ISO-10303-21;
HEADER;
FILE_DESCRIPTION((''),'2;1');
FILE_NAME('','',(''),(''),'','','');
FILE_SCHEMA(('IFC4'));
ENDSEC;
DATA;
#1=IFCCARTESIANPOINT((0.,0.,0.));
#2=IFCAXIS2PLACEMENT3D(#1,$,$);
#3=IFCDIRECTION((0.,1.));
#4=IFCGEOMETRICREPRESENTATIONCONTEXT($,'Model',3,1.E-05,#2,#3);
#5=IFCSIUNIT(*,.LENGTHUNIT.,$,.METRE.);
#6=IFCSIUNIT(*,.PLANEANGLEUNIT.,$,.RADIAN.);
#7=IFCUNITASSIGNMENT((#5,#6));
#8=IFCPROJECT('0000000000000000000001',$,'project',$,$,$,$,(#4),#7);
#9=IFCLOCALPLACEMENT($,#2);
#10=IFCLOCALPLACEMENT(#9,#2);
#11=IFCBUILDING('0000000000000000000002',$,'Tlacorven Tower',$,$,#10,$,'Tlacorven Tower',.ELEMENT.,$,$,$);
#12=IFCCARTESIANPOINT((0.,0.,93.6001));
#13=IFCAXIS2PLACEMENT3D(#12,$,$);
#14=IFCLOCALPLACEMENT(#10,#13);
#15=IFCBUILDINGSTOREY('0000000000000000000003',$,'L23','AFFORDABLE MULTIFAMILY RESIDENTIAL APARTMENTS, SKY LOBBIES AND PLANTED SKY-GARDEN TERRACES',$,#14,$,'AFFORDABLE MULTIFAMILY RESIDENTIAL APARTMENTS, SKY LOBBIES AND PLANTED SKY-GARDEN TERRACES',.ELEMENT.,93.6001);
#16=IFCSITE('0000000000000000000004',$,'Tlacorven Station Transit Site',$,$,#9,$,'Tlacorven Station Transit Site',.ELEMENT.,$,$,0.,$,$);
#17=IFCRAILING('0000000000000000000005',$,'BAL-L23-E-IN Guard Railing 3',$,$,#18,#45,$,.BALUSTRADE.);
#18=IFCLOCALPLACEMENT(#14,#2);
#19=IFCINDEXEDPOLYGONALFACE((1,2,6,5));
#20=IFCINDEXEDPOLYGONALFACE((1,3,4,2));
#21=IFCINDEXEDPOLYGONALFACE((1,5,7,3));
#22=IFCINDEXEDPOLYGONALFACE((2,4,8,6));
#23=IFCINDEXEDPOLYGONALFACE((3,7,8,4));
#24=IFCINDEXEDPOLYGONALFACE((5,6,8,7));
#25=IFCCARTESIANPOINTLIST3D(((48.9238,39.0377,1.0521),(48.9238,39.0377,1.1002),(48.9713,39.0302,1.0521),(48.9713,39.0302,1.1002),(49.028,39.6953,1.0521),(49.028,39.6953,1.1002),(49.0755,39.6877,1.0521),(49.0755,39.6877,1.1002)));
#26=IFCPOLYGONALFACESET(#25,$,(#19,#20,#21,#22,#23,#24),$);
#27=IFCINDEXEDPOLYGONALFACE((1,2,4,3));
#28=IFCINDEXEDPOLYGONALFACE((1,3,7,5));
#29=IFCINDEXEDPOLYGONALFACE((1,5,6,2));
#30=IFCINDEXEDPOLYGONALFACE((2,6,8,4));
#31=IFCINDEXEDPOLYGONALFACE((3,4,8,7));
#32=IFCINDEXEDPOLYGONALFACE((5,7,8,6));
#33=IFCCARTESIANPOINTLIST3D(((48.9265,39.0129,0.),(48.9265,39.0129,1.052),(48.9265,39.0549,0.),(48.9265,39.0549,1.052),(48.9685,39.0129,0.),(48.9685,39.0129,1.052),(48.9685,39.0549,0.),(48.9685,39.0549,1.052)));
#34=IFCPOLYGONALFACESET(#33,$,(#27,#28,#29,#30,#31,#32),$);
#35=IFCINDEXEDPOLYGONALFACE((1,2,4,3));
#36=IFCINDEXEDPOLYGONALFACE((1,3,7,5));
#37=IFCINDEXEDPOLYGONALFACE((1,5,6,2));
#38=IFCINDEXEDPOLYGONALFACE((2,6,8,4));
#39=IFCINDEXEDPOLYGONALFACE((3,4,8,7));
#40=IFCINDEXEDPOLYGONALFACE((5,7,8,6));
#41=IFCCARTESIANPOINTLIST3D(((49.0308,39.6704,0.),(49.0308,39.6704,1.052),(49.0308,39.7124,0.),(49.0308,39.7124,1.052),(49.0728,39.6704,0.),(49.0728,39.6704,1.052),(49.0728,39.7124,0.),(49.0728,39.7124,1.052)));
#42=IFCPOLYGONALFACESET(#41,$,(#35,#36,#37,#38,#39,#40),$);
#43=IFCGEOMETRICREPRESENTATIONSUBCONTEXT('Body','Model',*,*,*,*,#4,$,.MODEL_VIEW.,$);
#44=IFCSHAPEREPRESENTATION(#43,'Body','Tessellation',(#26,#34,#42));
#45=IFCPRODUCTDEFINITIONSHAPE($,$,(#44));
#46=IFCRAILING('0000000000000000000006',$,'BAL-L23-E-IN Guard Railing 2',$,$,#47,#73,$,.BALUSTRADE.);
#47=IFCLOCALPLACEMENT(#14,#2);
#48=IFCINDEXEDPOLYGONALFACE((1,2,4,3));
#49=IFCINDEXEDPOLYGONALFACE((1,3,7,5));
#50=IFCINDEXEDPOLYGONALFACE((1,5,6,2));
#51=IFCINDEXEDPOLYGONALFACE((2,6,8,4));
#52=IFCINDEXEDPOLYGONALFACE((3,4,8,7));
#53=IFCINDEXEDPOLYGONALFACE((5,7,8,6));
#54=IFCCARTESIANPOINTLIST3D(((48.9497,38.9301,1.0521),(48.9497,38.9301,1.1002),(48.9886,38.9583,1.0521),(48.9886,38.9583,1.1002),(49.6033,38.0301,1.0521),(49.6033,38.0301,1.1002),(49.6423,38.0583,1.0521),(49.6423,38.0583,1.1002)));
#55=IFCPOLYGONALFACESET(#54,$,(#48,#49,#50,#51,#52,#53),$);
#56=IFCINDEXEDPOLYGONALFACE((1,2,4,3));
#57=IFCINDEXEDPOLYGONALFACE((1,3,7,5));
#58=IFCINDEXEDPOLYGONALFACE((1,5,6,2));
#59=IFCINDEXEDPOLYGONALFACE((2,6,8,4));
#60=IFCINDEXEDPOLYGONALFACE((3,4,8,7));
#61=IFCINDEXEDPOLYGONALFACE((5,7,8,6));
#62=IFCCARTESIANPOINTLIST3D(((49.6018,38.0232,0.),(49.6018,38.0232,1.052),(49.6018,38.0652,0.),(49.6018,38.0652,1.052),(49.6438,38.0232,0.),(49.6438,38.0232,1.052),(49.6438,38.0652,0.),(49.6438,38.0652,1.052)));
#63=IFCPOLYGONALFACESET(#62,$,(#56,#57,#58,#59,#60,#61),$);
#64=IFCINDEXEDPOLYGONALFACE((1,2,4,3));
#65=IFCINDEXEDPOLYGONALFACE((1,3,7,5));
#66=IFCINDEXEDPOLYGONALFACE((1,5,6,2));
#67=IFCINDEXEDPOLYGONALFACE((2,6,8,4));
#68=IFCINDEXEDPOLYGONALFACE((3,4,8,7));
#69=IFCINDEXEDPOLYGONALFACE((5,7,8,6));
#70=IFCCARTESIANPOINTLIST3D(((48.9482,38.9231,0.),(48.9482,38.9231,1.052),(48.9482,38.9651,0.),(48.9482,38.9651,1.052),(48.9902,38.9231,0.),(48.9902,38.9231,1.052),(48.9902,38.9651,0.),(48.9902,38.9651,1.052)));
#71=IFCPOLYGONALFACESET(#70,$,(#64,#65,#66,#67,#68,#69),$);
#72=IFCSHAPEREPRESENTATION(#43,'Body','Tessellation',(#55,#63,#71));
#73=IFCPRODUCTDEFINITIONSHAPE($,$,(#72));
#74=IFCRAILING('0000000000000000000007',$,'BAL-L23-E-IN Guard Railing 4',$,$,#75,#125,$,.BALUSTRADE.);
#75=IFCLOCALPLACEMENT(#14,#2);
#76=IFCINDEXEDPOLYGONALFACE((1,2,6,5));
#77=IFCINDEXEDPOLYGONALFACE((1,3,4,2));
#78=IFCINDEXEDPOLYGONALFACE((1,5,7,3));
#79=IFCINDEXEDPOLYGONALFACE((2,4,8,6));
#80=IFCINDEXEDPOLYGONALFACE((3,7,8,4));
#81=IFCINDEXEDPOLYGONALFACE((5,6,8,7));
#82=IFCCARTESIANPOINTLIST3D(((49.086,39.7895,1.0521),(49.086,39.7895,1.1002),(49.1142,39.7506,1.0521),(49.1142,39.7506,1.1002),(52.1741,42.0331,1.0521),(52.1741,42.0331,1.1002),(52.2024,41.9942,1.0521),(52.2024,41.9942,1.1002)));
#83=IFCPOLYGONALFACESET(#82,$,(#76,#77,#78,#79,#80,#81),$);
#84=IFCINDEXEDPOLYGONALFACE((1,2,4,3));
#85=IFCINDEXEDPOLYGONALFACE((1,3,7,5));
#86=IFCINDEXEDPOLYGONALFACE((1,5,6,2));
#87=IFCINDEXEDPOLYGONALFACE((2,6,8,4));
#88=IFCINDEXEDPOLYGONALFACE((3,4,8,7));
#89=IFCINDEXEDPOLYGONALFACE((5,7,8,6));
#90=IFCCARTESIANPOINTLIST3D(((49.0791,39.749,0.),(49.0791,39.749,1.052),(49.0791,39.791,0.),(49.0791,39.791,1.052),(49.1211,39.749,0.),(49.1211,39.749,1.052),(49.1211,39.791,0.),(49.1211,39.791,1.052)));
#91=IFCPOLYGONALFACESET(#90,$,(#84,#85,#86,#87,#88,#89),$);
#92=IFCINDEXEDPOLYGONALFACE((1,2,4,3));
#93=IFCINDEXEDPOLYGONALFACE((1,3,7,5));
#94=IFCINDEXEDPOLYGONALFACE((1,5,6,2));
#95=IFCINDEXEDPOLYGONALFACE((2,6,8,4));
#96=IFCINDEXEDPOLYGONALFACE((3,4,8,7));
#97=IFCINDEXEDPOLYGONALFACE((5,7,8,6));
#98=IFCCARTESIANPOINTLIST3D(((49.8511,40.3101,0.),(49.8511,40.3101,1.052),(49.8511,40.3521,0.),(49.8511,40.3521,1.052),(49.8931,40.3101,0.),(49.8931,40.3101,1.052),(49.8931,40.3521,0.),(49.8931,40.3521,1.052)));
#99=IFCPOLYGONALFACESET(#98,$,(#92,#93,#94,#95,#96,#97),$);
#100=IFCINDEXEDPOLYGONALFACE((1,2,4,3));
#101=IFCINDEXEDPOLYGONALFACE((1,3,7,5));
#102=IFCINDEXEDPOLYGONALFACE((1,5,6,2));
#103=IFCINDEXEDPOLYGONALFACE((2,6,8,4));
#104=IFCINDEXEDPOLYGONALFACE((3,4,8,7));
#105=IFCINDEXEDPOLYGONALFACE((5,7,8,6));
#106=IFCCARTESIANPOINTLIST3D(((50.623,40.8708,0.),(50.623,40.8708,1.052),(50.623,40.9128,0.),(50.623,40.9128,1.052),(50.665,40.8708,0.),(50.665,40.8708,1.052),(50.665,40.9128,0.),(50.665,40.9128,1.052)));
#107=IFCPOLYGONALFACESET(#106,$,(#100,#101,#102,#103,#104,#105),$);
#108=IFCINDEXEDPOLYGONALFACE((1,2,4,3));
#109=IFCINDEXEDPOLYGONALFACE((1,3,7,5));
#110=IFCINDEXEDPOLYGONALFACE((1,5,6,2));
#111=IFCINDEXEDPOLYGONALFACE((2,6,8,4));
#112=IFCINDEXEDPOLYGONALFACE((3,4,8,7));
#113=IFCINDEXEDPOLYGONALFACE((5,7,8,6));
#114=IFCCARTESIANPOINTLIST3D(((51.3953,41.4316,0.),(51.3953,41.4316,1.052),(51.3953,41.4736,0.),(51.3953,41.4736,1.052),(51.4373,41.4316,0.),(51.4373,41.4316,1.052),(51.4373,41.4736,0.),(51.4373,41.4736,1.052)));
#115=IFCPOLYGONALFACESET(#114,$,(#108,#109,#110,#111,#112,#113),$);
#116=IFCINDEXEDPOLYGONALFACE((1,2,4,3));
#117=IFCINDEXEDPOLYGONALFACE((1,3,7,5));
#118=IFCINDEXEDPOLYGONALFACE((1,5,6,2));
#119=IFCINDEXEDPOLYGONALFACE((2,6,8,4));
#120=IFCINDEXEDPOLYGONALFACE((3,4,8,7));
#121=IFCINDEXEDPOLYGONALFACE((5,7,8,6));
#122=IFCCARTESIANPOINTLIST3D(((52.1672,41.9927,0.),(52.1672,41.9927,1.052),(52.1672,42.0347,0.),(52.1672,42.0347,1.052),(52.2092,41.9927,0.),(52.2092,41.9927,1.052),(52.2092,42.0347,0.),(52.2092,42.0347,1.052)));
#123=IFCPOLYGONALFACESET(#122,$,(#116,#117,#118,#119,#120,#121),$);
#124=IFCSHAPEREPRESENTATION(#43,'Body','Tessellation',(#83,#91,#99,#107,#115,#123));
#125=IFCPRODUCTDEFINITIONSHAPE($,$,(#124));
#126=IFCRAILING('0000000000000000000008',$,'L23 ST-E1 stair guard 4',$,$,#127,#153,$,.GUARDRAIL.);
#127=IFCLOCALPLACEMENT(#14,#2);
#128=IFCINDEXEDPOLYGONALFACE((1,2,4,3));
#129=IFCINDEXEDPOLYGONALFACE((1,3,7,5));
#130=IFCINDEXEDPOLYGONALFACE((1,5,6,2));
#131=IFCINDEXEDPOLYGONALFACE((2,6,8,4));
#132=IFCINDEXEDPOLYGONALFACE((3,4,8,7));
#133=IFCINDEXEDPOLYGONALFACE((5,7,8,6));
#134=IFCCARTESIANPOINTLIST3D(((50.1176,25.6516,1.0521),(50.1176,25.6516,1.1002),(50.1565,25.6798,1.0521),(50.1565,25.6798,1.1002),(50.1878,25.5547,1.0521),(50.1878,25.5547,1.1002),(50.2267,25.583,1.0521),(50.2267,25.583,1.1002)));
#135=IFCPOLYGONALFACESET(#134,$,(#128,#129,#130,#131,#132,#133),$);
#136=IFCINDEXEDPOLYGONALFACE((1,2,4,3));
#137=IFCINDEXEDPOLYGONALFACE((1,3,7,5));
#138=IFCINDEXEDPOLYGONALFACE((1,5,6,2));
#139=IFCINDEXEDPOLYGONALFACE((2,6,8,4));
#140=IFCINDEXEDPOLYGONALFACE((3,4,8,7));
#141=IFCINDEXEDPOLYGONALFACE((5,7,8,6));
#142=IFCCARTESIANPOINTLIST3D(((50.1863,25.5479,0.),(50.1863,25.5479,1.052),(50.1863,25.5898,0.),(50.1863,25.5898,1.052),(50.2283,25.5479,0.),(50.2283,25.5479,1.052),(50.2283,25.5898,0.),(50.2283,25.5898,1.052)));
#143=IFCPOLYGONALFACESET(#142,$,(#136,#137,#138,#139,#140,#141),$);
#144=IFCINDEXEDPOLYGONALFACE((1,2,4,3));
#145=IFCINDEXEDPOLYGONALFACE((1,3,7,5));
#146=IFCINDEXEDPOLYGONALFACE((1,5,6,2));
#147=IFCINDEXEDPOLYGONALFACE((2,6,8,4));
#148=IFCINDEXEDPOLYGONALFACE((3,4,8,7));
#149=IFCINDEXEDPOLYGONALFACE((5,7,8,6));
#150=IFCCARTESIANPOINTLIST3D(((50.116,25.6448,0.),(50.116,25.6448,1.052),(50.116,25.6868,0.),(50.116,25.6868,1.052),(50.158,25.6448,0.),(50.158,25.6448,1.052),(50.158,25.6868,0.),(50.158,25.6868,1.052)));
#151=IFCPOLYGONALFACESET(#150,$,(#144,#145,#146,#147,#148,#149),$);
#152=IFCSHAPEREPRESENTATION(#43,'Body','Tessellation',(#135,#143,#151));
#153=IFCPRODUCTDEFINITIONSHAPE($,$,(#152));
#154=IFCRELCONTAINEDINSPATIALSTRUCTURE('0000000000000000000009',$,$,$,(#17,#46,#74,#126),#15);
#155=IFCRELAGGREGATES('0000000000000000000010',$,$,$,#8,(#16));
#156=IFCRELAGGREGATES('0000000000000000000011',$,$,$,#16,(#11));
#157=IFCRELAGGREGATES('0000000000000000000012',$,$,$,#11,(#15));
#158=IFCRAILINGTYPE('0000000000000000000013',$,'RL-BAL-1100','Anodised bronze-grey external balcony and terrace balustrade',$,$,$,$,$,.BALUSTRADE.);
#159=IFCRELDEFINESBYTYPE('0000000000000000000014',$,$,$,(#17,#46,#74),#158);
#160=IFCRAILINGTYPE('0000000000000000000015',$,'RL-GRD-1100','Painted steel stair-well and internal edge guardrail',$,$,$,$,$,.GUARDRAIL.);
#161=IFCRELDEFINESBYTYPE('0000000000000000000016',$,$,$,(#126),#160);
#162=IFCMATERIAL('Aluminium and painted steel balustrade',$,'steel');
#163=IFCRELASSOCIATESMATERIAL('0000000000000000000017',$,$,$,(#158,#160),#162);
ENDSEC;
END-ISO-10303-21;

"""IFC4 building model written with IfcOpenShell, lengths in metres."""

from ifc_helpers import new_model, si_unit, direction, frame, origin, origin_2d, place, context, subcontext, project, spatial, rectangle, extrude, source, transform, mapped, material, type_object, element, save


model = new_model("IFC4")

# Units and contexts
model_context = context("Model", 3, precision=1e-05, world=origin(), true_north=direction((0.0, 1.0)))
body_context = subcontext(model_context, "Body", "Model", "MODEL_VIEW")
ifc_project = project(units=[si_unit("LENGTHUNIT", "METRE"), si_unit("PLANEANGLEUNIT", "RADIAN")], contexts=[model_context])

# Site, building, storey
site_placement = place(None, origin())
site = spatial("IfcSite", under=ifc_project, at=site_placement, Name="Tlacorven Station Transit Site", LongName="Tlacorven Station Transit Site", CompositionType="ELEMENT", RefElevation=0.0)
building_placement = place(site_placement, origin())
building = spatial("IfcBuilding", under=site, at=building_placement, Name="Tlacorven Tower", LongName="Tlacorven Tower", CompositionType="ELEMENT")
storey_placement = place(building_placement, frame((0.0, 0.0, 93.6001)))
storey = spatial("IfcBuildingStorey", under=building, at=storey_placement, Name="L23", Description="AFFORDABLE MULTIFAMILY RESIDENTIAL APARTMENTS, SKY LOBBIES AND PLANTED SKY-GARDEN TERRACES", LongName="AFFORDABLE MULTIFAMILY RESIDENTIAL APARTMENTS, SKY LOBBIES AND PLANTED SKY-GARDEN TERRACES", CompositionType="ELEMENT", Elevation=93.6001)

# Railings
ifc_material_1 = material(Name="Aluminium and painted steel balustrade", Category="steel")
railing_type_1 = type_object("IfcRailingType", Name="RL-BAL-1100", Description="Anodised bronze-grey external balcony and terrace balustrade", PredefinedType="BALUSTRADE", material=ifc_material_1)
shared_shape_1 = source(origin(), body_context, "Body", "SweptSolid", [
    extrude(rectangle(XDim=0.0481, YDim=0.0481, at=origin_2d()), frame((0.0, 0.0, 1.0762), z_axis=(0.156603, 0.987662, 0.0), x_axis=(-0.987662, 0.156603, 0.0)), (0.0, 0.0, 1.0), 0.6658),
    extrude(rectangle(XDim=0.042, YDim=0.042, at=origin_2d()), origin(), (0.0, 0.0, 1.0), 1.052),
    extrude(rectangle(XDim=0.042, YDim=0.042, at=origin_2d()), frame((0.1042, 0.6575, 0.0)), (0.0, 0.0, 1.0), 1.052),
])
railing_1_placement = place(storey_placement, frame((48.9475, 39.0339, 0.0)))
element("IfcRailing", 1, at=railing_1_placement, inside=storey, type_object=railing_type_1, Name="BAL-L23-E-IN Guard Railing 3", PredefinedType="BALUSTRADE", context=body_context, shape_type="MappedRepresentation", body=[
    mapped(shared_shape_1, transform((0.0, 0.0, 0.0), scale=1.0)),
])
shared_shape_2 = source(origin(), body_context, "Body", "SweptSolid", [
    extrude(rectangle(XDim=0.0481, YDim=0.0481, at=origin_2d()), frame((0.0, 0.0, 1.0762), z_axis=(-0.587636, 0.809125, 0.0), x_axis=(-0.809125, -0.587636, 0.0)), (0.0, 0.0, 1.0), 1.1123),
    extrude(rectangle(XDim=0.042, YDim=0.042, at=origin_2d()), origin(), (0.0, 0.0, 1.0), 1.052),
    extrude(rectangle(XDim=0.042, YDim=0.042, at=origin_2d()), frame((-0.6536, 0.8999, 0.0)), (0.0, 0.0, 1.0), 1.052),
])
railing_2_placement = place(storey_placement, frame((49.6228, 38.0442, 0.0)))
element("IfcRailing", 2, at=railing_2_placement, inside=storey, type_object=railing_type_1, Name="BAL-L23-E-IN Guard Railing 2", PredefinedType="BALUSTRADE", context=body_context, shape_type="MappedRepresentation", body=[
    mapped(shared_shape_2, transform((0.0, 0.0, 0.0), scale=1.0)),
])
shared_shape_3 = source(origin(), body_context, "Body", "SweptSolid", [
    extrude(rectangle(XDim=0.0481, YDim=0.0481, at=origin_2d()), frame((0.0, 0.0, 1.0762), z_axis=(0.809018, 0.587784, 0.0), x_axis=(-0.587784, 0.809018, 0.0)), (0.0, 0.0, 1.0), 3.8171),
    extrude(rectangle(XDim=0.042, YDim=0.042, at=origin_2d()), origin(), (0.0, 0.0, 1.0), 1.052),
    extrude(rectangle(XDim=0.042, YDim=0.042, at=origin_2d()), frame((0.772, 0.561, 0.0)), (0.0, 0.0, 1.0), 1.052),
    extrude(rectangle(XDim=0.042, YDim=0.042, at=origin_2d()), frame((1.5439, 1.1218, 0.0)), (0.0, 0.0, 1.0), 1.052),
    extrude(rectangle(XDim=0.042, YDim=0.042, at=origin_2d()), frame((2.3162, 1.6826, 0.0)), (0.0, 0.0, 1.0), 1.052),
    extrude(rectangle(XDim=0.042, YDim=0.042, at=origin_2d()), frame((3.0881, 2.2437, 0.0)), (0.0, 0.0, 1.0), 1.052),
])
railing_3_placement = place(storey_placement, frame((49.1001, 39.77, 0.0)))
element("IfcRailing", 3, at=railing_3_placement, inside=storey, type_object=railing_type_1, Name="BAL-L23-E-IN Guard Railing 4", PredefinedType="BALUSTRADE", context=body_context, shape_type="MappedRepresentation", body=[
    mapped(shared_shape_3, transform((0.0, 0.0, 0.0), scale=1.0)),
])
railing_type_2 = type_object("IfcRailingType", Name="RL-GRD-1100", Description="Painted steel stair-well and internal edge guardrail", PredefinedType="GUARDRAIL", material=ifc_material_1)
shared_shape_4 = source(origin(), body_context, "Body", "SweptSolid", [
    extrude(rectangle(XDim=0.0481, YDim=0.0481, at=origin_2d()), frame((0.0, 0.0, 1.0762), z_axis=(-0.587201, 0.809441, 0.0), x_axis=(-0.809441, -0.587201, 0.0)), (0.0, 0.0, 1.0), 0.1196),
    extrude(rectangle(XDim=0.042, YDim=0.042, at=origin_2d()), origin(), (0.0, 0.0, 1.0), 1.052),
    extrude(rectangle(XDim=0.042, YDim=0.042, at=origin_2d()), frame((-0.0703, 0.0969, 0.0)), (0.0, 0.0, 1.0), 1.052),
])
railing_4_placement = place(storey_placement, frame((50.2073, 25.5688, 0.0)))
element("IfcRailing", 4, at=railing_4_placement, inside=storey, type_object=railing_type_2, Name="L23 ST-E1 stair guard 4", PredefinedType="GUARDRAIL", context=body_context, shape_type="MappedRepresentation", body=[
    mapped(shared_shape_4, transform((0.0, 0.0, 0.0), scale=1.0)),
])

save(model, "model.ifc")
